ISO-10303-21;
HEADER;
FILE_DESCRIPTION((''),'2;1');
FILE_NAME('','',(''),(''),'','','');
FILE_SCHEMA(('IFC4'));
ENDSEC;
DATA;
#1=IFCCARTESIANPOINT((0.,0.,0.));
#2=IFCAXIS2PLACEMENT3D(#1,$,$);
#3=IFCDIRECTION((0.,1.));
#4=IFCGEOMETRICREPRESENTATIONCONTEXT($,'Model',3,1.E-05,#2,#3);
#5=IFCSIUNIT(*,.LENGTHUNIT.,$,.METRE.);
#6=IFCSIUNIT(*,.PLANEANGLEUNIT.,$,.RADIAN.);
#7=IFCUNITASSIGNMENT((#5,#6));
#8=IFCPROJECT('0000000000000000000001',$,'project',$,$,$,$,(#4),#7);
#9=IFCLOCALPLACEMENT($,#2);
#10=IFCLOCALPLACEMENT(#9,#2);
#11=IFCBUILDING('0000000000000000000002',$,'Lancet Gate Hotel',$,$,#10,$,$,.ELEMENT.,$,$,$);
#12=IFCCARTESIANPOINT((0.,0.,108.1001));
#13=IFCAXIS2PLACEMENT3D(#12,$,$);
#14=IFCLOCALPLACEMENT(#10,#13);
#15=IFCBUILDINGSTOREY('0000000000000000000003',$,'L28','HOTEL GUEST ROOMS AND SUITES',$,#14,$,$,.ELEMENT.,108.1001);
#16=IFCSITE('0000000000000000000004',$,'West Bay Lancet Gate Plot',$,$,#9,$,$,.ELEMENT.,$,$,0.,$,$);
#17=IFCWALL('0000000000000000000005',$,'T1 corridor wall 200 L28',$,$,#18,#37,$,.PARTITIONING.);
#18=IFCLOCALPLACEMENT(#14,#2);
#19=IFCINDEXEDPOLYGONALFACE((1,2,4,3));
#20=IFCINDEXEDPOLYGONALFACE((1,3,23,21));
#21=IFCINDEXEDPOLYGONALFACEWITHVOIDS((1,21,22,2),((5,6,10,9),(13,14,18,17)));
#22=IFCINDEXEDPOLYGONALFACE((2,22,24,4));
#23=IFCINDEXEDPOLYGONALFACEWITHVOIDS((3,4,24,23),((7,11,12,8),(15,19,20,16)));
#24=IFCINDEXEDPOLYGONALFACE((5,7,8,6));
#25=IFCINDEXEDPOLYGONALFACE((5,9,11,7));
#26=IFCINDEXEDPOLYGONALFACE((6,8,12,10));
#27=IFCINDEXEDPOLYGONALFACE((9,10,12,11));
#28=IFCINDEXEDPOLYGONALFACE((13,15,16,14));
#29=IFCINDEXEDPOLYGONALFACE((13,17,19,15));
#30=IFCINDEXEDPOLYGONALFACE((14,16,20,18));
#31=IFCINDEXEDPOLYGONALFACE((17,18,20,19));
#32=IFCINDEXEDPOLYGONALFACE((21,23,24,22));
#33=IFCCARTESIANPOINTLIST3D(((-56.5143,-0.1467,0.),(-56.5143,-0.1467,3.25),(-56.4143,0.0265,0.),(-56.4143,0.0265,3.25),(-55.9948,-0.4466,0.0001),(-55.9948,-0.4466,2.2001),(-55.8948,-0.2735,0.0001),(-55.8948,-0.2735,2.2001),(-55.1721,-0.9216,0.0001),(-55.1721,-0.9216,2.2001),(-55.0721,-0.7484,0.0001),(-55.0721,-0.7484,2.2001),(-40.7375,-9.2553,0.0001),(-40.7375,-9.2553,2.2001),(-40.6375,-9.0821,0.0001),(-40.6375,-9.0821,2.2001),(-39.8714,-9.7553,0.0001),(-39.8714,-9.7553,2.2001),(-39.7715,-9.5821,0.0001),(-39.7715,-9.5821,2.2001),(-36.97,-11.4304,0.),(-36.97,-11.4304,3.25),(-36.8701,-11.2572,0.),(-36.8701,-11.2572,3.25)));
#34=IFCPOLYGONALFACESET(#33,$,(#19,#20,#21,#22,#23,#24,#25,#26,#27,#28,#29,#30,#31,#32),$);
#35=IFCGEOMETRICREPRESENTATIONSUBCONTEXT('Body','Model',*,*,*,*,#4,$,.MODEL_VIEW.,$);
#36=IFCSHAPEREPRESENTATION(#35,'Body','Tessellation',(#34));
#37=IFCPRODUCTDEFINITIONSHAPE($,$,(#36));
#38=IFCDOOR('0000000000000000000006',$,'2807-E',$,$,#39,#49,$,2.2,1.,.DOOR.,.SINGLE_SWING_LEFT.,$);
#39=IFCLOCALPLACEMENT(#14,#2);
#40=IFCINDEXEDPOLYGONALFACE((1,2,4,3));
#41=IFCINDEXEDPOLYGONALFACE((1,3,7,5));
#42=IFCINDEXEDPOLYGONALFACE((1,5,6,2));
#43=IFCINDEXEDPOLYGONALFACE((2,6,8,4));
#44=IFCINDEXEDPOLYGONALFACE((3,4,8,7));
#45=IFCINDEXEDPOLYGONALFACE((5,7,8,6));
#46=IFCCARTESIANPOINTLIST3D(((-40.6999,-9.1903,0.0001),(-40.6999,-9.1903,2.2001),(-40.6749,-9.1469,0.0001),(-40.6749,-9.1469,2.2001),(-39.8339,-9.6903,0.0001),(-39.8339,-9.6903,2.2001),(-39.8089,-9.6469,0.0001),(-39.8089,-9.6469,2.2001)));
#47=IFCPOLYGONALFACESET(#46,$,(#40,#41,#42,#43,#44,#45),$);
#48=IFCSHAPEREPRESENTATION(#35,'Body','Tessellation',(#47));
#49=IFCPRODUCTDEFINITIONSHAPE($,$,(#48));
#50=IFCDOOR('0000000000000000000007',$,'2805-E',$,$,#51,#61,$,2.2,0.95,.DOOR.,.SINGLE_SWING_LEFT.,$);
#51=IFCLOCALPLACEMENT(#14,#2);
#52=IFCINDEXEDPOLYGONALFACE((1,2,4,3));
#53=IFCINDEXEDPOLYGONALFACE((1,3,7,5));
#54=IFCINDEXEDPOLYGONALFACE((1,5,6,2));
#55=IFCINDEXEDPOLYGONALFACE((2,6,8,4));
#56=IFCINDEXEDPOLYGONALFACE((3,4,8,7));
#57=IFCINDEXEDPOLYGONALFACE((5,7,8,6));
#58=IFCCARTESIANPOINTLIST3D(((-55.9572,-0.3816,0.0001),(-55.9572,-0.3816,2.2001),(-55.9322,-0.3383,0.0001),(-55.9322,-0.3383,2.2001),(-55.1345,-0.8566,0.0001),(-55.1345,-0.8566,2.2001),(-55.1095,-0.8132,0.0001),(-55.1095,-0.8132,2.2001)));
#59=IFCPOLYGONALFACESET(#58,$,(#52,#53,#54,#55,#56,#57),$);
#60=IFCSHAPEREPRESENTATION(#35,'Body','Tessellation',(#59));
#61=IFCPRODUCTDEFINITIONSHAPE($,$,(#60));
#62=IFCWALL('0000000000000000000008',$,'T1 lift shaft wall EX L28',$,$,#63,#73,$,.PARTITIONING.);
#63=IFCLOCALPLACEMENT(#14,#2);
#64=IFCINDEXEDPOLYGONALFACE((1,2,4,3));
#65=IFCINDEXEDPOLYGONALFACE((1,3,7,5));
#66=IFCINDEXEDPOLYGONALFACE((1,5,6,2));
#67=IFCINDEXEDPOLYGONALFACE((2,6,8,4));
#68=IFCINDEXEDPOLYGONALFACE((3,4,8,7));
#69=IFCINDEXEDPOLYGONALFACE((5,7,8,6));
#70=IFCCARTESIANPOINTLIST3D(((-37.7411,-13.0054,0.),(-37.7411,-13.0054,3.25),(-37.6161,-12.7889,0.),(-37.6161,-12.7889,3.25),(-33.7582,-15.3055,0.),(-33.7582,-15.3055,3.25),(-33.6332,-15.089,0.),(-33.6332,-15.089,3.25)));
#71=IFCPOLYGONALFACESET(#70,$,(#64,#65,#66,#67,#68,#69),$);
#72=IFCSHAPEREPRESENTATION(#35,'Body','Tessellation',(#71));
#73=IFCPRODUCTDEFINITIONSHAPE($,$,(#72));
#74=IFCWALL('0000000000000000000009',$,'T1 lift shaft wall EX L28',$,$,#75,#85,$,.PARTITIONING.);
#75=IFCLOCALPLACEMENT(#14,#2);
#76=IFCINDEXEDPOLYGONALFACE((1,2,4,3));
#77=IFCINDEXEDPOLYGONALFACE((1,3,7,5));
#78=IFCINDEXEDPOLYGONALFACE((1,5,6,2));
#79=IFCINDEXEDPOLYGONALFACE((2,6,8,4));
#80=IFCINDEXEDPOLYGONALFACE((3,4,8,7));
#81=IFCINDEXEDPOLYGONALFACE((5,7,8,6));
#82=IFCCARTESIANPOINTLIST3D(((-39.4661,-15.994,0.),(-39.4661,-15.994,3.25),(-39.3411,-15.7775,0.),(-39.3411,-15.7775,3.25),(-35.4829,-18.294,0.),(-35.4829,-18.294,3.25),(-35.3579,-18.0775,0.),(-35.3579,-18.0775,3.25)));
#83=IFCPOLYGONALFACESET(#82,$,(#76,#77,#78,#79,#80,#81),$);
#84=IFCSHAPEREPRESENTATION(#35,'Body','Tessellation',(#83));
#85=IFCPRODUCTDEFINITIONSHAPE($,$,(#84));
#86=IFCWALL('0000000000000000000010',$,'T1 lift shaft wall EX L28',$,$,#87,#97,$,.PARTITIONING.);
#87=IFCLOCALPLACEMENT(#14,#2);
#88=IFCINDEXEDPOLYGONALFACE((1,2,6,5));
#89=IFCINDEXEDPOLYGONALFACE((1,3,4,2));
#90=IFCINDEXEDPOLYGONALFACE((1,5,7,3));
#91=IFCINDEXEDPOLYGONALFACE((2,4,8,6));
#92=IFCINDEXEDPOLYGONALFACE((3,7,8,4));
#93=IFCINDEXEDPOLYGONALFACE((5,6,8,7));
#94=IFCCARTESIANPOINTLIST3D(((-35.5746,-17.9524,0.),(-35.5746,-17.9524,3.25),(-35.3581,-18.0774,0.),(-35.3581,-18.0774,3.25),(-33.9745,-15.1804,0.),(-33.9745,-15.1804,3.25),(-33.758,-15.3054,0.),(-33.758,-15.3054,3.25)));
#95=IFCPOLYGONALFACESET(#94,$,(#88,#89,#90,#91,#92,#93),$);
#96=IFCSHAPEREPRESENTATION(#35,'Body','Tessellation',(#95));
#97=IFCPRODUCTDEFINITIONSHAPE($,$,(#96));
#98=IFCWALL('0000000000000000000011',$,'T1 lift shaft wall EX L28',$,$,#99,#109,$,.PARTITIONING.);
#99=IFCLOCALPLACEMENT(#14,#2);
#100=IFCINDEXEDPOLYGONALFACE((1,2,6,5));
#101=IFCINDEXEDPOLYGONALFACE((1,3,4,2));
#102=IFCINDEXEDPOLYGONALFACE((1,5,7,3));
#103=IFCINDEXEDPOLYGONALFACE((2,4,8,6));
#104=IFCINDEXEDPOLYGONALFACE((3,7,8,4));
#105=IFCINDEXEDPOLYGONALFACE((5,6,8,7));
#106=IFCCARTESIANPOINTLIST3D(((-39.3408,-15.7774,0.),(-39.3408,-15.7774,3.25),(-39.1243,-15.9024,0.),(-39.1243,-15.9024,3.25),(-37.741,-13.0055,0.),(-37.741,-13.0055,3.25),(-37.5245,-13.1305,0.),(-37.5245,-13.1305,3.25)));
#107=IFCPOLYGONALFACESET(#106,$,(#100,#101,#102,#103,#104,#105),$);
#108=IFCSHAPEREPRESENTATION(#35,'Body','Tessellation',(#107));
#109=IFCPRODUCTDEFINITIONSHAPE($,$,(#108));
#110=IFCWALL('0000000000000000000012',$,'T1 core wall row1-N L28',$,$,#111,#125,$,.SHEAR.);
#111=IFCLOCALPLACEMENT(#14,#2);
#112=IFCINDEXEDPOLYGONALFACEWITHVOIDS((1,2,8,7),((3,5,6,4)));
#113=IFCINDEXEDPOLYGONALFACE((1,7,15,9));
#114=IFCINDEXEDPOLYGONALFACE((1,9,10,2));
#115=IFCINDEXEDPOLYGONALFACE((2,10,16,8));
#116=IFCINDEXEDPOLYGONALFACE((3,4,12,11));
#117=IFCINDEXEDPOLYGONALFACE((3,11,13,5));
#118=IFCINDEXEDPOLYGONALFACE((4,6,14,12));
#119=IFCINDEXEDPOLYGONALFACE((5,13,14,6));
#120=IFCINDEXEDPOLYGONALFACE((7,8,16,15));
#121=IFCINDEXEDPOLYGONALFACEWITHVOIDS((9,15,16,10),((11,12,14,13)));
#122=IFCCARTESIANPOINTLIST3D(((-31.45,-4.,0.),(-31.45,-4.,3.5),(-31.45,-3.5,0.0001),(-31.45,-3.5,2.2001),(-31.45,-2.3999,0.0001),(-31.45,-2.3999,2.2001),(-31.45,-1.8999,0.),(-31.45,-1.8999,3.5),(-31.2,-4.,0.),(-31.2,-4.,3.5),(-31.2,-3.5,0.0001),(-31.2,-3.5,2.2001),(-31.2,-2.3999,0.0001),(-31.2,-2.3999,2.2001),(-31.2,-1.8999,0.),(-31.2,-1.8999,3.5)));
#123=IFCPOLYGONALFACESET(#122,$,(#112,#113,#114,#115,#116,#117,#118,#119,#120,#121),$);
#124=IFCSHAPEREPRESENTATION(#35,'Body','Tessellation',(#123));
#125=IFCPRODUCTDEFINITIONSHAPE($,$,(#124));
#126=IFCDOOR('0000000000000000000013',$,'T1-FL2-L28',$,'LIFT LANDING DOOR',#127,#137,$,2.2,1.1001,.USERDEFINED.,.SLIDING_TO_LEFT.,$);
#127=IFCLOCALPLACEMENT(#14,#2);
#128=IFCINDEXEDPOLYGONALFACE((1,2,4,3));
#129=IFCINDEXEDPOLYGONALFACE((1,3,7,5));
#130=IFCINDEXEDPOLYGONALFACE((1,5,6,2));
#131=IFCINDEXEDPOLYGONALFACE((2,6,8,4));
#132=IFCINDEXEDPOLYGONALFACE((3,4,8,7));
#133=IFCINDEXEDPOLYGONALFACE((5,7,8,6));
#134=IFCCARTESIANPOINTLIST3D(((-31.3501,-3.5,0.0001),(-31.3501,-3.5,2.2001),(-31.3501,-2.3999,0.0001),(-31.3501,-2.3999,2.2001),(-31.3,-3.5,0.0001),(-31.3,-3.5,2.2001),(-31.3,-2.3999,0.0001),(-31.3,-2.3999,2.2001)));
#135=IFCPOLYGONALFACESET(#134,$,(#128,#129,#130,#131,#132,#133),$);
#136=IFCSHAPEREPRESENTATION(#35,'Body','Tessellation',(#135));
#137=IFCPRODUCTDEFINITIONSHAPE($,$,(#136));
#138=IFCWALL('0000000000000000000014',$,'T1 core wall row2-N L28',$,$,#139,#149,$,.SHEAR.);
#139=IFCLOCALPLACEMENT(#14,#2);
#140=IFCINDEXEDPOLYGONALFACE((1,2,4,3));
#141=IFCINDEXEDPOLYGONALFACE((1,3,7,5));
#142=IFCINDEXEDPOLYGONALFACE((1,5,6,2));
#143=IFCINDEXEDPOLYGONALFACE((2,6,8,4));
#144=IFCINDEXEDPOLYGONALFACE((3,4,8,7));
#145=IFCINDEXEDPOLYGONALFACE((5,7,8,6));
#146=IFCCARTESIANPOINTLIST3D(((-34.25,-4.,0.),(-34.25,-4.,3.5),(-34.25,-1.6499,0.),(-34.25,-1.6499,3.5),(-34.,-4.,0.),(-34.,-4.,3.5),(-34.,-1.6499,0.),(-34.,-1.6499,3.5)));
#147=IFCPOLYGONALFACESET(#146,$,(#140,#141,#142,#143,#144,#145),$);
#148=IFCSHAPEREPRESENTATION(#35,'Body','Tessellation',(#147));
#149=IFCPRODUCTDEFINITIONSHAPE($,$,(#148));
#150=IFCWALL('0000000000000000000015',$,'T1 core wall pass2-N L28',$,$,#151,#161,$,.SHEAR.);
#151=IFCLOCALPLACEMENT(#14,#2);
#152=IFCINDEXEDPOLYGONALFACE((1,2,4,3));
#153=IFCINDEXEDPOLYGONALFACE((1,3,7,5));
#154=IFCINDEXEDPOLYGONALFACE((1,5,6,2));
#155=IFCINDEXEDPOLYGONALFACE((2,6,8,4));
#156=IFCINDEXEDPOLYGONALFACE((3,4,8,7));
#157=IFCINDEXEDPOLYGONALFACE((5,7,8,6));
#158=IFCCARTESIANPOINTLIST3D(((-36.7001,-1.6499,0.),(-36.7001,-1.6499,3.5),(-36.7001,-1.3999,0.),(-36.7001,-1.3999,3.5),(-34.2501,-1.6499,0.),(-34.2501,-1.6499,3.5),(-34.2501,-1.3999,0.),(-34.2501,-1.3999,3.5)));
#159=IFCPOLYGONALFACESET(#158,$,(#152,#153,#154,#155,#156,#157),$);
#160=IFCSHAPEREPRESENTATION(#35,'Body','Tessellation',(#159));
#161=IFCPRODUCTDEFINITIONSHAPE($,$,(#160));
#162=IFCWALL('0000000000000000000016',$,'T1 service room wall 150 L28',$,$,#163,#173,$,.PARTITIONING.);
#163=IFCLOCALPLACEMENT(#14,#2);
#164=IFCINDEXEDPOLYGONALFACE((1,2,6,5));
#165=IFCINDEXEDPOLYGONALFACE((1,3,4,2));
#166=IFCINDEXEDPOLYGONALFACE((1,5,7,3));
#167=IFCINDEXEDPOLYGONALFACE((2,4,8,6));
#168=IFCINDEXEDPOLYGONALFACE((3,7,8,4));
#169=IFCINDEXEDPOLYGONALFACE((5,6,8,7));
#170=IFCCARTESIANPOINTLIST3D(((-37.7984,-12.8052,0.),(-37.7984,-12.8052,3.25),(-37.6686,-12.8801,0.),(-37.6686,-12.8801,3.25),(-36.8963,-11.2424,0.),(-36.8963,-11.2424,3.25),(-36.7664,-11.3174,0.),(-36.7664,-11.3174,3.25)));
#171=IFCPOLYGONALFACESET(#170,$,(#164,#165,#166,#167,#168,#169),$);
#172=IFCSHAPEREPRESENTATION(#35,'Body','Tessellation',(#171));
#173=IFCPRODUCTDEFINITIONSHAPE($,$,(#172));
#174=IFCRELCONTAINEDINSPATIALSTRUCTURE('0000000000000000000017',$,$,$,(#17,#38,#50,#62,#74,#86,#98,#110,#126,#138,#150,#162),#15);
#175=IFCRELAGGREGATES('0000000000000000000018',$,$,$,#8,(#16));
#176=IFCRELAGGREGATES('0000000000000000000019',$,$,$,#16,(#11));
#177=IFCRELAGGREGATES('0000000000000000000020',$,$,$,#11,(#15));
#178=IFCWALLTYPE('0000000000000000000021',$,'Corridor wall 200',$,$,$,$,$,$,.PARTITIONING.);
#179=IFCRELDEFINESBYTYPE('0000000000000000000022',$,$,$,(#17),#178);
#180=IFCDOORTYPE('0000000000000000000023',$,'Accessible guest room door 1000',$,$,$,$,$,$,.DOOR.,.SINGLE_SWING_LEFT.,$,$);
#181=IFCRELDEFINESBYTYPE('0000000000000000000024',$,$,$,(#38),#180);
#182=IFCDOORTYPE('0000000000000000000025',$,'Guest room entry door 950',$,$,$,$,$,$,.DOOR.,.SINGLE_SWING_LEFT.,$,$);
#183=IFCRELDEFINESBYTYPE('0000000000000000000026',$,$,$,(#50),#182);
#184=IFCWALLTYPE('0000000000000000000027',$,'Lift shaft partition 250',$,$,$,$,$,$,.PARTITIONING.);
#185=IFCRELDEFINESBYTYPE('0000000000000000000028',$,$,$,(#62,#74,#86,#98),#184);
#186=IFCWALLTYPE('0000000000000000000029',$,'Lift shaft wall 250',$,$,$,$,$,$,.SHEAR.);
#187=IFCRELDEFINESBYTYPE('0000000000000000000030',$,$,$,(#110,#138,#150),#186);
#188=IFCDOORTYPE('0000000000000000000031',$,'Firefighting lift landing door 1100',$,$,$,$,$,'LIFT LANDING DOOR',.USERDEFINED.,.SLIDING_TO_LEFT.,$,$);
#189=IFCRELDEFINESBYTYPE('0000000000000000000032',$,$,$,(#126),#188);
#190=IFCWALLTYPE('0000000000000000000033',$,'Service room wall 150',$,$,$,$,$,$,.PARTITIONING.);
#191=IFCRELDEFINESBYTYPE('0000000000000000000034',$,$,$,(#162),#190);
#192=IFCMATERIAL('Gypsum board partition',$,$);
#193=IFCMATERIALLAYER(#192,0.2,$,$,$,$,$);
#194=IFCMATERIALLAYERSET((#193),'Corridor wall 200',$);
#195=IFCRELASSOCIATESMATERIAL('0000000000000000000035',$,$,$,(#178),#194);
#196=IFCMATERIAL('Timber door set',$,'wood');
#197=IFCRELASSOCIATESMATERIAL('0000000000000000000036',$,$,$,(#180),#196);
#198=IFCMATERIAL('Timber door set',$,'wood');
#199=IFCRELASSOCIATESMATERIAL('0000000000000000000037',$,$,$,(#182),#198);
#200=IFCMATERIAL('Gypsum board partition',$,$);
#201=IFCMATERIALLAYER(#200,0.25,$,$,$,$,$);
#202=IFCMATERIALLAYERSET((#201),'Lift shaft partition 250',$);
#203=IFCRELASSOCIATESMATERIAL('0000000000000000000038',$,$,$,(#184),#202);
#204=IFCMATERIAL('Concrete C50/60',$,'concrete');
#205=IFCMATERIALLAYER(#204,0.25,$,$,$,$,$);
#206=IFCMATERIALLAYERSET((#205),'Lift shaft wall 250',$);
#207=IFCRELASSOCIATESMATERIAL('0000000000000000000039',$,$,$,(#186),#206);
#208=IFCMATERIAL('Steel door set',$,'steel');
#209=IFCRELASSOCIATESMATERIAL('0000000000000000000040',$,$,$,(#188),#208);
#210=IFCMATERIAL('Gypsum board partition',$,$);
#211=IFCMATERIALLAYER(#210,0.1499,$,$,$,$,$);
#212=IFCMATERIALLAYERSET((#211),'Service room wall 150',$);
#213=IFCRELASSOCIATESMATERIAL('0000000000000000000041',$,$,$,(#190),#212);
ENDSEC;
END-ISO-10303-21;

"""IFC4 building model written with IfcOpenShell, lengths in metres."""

from ifc_helpers import new_model, si_unit, direction, frame, frame_2d, origin, place, context, subcontext, project, spatial, rectangle, extrude, material, layer, layer_set, type_object, element, fill, save


model = new_model("IFC4")

# Units and contexts
model_context = context("Model", 3, precision=1e-05, world=origin(), true_north=direction((0.0, 1.0)))
body_context = subcontext(model_context, "Body", "Model", "MODEL_VIEW")
ifc_project = project(units=[si_unit("LENGTHUNIT", "METRE"), si_unit("PLANEANGLEUNIT", "RADIAN")], contexts=[model_context])

# Site, building, storey
site_placement = place(None, origin())
site = spatial("IfcSite", under=ifc_project, at=site_placement, Name="West Bay Lancet Gate Plot", CompositionType="ELEMENT", RefElevation=0.0)
building_placement = place(site_placement, origin())
building = spatial("IfcBuilding", under=site, at=building_placement, Name="Lancet Gate Hotel", CompositionType="ELEMENT")
storey_placement = place(building_placement, frame((0.0, 0.0, 108.1001)))
storey = spatial("IfcBuildingStorey", under=building, at=storey_placement, Name="L28", Description="HOTEL GUEST ROOMS AND SUITES", CompositionType="ELEMENT", Elevation=108.1001)

# Wall, openings, doors
ifc_material_1 = material(Name="Gypsum board partition")
ifc_layer_1 = layer(ifc_material_1, 0.2)
ifc_layer_set_1 = layer_set([ifc_layer_1], Name="Corridor wall 200")
wall_type_1 = type_object("IfcWallType", Name="Corridor wall 200", PredefinedType="PARTITIONING", material=ifc_layer_set_1)
wall_1_placement = place(storey_placement, frame((-36.9202, -11.3438, 0.0), z_axis=(0.0, 0.0, 1.0), x_axis=(-0.866028, 0.499995, 0.0)))
wall_1 = element("IfcWall", 1, at=wall_1_placement, inside=storey, type_object=wall_type_1, Name="T1 corridor wall 200 L28", PredefinedType="PARTITIONING", context=body_context, shape_type="SweptSolid", body=[
    extrude(rectangle(XDim=22.5676, YDim=0.2, at=frame_2d((11.2837, 0.0))), origin(), (0.0, 0.0, 1.0), 3.25),
])
opening_1_placement = place(wall_1_placement, frame((21.0176, 0.0, 0.0)))
opening_1 = element("IfcOpeningElement", 2, at=opening_1_placement, cuts=wall_1, PredefinedType="OPENING", context=body_context, shape_type="SweptSolid", body=[
    extrude(rectangle(XDim=0.95, YDim=2.2, at=frame_2d((0.4751, 1.1001))), frame((0.0, 0.1099, 0.0), z_axis=(0.0, -1.0, 0.0), x_axis=(1.0, 0.0, 0.0)), (0.0, 0.0, 1.0), 0.22),
])
opening_2_placement = place(wall_1_placement, frame((3.3501, 0.0, 0.0)))
opening_2 = element("IfcOpeningElement", 3, at=opening_2_placement, cuts=wall_1, PredefinedType="OPENING", context=body_context, shape_type="SweptSolid", body=[
    extrude(rectangle(XDim=1.0, YDim=2.2, at=frame_2d((0.5, 1.1001))), frame((0.0, 0.1099, 0.0), z_axis=(0.0, -1.0, 0.0), x_axis=(1.0, 0.0, 0.0)), (0.0, 0.0, 1.0), 0.22),
])
ifc_material_2 = material(Name="Timber door set", Category="wood")
door_type_1 = type_object("IfcDoorType", Name="Accessible guest room door 1000", OperationType="SINGLE_SWING_LEFT", PredefinedType="DOOR", material=ifc_material_2)
door_1_placement = place(opening_2_placement, origin())
door_1 = element("IfcDoor", 4, at=door_1_placement, inside=storey, type_object=door_type_1, Name="2807-E", OperationType="SINGLE_SWING_LEFT", OverallHeight=2.2, OverallWidth=1.0, PredefinedType="DOOR", context=body_context, shape_type="SweptSolid", body=[
    extrude(rectangle(XDim=1.0, YDim=2.2, at=frame_2d((0.5, 1.1001))), frame((0.0, 0.0249, 0.0), z_axis=(0.0, -1.0, 0.0), x_axis=(1.0, 0.0, 0.0)), (0.0, 0.0, 1.0), 0.05),
])
fill(opening_2, door_1)
ifc_material_3 = material(Name="Timber door set", Category="wood")
door_type_2 = type_object("IfcDoorType", Name="Guest room entry door 950", OperationType="SINGLE_SWING_LEFT", PredefinedType="DOOR", material=ifc_material_3)
door_2_placement = place(opening_1_placement, origin())
door_2 = element("IfcDoor", 5, at=door_2_placement, inside=storey, type_object=door_type_2, Name="2805-E", OperationType="SINGLE_SWING_LEFT", OverallHeight=2.2, OverallWidth=0.95, PredefinedType="DOOR", context=body_context, shape_type="SweptSolid", body=[
    extrude(rectangle(XDim=0.95, YDim=2.2, at=frame_2d((0.4751, 1.1001))), frame((0.0, 0.0249, 0.0), z_axis=(0.0, -1.0, 0.0), x_axis=(1.0, 0.0, 0.0)), (0.0, 0.0, 1.0), 0.05),
])
fill(opening_1, door_2)

# Walls
ifc_material_4 = material(Name="Gypsum board partition")
ifc_layer_2 = layer(ifc_material_4, 0.25)
ifc_layer_set_2 = layer_set([ifc_layer_2], Name="Lift shaft partition 250")
wall_type_2 = type_object("IfcWallType", Name="Lift shaft partition 250", PredefinedType="PARTITIONING", material=ifc_layer_set_2)
wall_2_placement = place(storey_placement, frame((-33.6956, -15.1973, 0.0), z_axis=(0.0, 0.0, 1.0), x_axis=(-0.865977, 0.500084, 0.0)))
element("IfcWall", 6, at=wall_2_placement, inside=storey, type_object=wall_type_2, Name="T1 lift shaft wall EX L28", PredefinedType="PARTITIONING", context=body_context, shape_type="SweptSolid", body=[
    extrude(rectangle(XDim=4.5994, YDim=0.25, at=frame_2d((2.2998, 0.0))), origin(), (0.0, 0.0, 1.0), 3.25),
])
wall_3_placement = place(storey_placement, frame((-35.4204, -18.1858, 0.0), z_axis=(0.0, 0.0, 1.0), x_axis=(-0.86599, 0.500061, 0.0)))
element("IfcWall", 7, at=wall_3_placement, inside=storey, type_object=wall_type_2, Name="T1 lift shaft wall EX L28", PredefinedType="PARTITIONING", context=body_context, shape_type="SweptSolid", body=[
    extrude(rectangle(XDim=4.5996, YDim=0.25, at=frame_2d((2.2998, 0.0))), origin(), (0.0, 0.0, 1.0), 3.25),
])
wall_4_placement = place(storey_placement, frame((-33.8662, -15.2429, 0.0), z_axis=(0.0, 0.0, 1.0), x_axis=(-0.499929, -0.866066, 0.0)))
element("IfcWall", 8, at=wall_4_placement, inside=storey, type_object=wall_type_2, Name="T1 lift shaft wall EX L28", PredefinedType="PARTITIONING", context=body_context, shape_type="SweptSolid", body=[
    extrude(rectangle(XDim=3.2007, YDim=0.25, at=frame_2d((1.6003, 0.0))), origin(), (0.0, 0.0, 1.0), 3.25),
])
wall_5_placement = place(storey_placement, frame((-37.6328, -13.0681, 0.0), z_axis=(0.0, 0.0, 1.0), x_axis=(-0.499872, -0.866099, 0.0)))
element("IfcWall", 9, at=wall_5_placement, inside=storey, type_object=wall_type_2, Name="T1 lift shaft wall EX L28", PredefinedType="PARTITIONING", context=body_context, shape_type="SweptSolid", body=[
    extrude(rectangle(XDim=3.2004, YDim=0.25, at=frame_2d((1.6001, 0.0))), origin(), (0.0, 0.0, 1.0), 3.25),
])

# Wall, opening, door
ifc_material_5 = material(Name="Concrete C50/60", Category="concrete")
ifc_layer_3 = layer(ifc_material_5, 0.25)
ifc_layer_set_3 = layer_set([ifc_layer_3], Name="Lift shaft wall 250")
wall_type_3 = type_object("IfcWallType", Name="Lift shaft wall 250", PredefinedType="SHEAR", material=ifc_layer_set_3)
wall_6_placement = place(storey_placement, frame((-31.325, -1.8999, 0.0), z_axis=(0.0, 0.0, 1.0), x_axis=(0.0, -1.0, 0.0)))
wall_6 = element("IfcWall", 10, at=wall_6_placement, inside=storey, type_object=wall_type_3, Name="T1 core wall row1-N L28", PredefinedType="SHEAR", context=body_context, shape_type="SweptSolid", body=[
    extrude(rectangle(XDim=2.1001, YDim=0.25, at=frame_2d((1.05, 0.0))), origin(), (0.0, 0.0, 1.0), 3.5),
])
opening_3_placement = place(wall_6_placement, frame((0.5, 0.0, 0.0)))
opening_3 = element("IfcOpeningElement", 11, at=opening_3_placement, cuts=wall_6, PredefinedType="OPENING", context=body_context, shape_type="SweptSolid", body=[
    extrude(rectangle(XDim=1.1001, YDim=2.2, at=frame_2d((0.55, 1.1001))), frame((0.0, 0.135, 0.0), z_axis=(0.0, -1.0, 0.0), x_axis=(1.0, 0.0, 0.0)), (0.0, 0.0, 1.0), 0.27),
])
ifc_material_6 = material(Name="Steel door set", Category="steel")
door_type_3 = type_object("IfcDoorType", Name="Firefighting lift landing door 1100", ElementType="LIFT LANDING DOOR", OperationType="SLIDING_TO_LEFT", PredefinedType="USERDEFINED", material=ifc_material_6)
door_3_placement = place(opening_3_placement, origin())
door_3 = element("IfcDoor", 12, at=door_3_placement, inside=storey, type_object=door_type_3, Name="T1-FL2-L28", ObjectType="LIFT LANDING DOOR", OperationType="SLIDING_TO_LEFT", OverallHeight=2.2, OverallWidth=1.1001, PredefinedType="USERDEFINED", context=body_context, shape_type="SweptSolid", body=[
    extrude(rectangle(XDim=1.1001, YDim=2.2, at=frame_2d((0.55, 1.1001))), frame((0.0, 0.0249, 0.0), z_axis=(0.0, -1.0, 0.0), x_axis=(1.0, 0.0, 0.0)), (0.0, 0.0, 1.0), 0.05),
])
fill(opening_3, door_3)

# Walls
wall_7_placement = place(storey_placement, frame((-34.125, -1.6499, 0.0), z_axis=(0.0, 0.0, 1.0), x_axis=(0.0, -1.0, 0.0)))
element("IfcWall", 13, at=wall_7_placement, inside=storey, type_object=wall_type_3, Name="T1 core wall row2-N L28", PredefinedType="SHEAR", context=body_context, shape_type="SweptSolid", body=[
    extrude(rectangle(XDim=2.3501, YDim=0.25, at=frame_2d((1.175, 0.0))), origin(), (0.0, 0.0, 1.0), 3.5),
])
wall_8_placement = place(storey_placement, frame((-34.25, -1.5249, 0.0), z_axis=(0.0, 0.0, 1.0), x_axis=(-1.0, 0.0, 0.0)))
element("IfcWall", 14, at=wall_8_placement, inside=storey, type_object=wall_type_3, Name="T1 core wall pass2-N L28", PredefinedType="SHEAR", context=body_context, shape_type="SweptSolid", body=[
    extrude(rectangle(XDim=2.45, YDim=0.25, at=frame_2d((1.2251, 0.0))), origin(), (0.0, 0.0, 1.0), 3.5),
])
ifc_material_7 = material(Name="Gypsum board partition")
ifc_layer_4 = layer(ifc_material_7, 0.1499)
ifc_layer_set_4 = layer_set([ifc_layer_4], Name="Service room wall 150")
wall_type_4 = type_object("IfcWallType", Name="Service room wall 150", PredefinedType="PARTITIONING", material=ifc_layer_set_4)
wall_9_placement = place(storey_placement, frame((-36.8313, -11.2798, 0.0), z_axis=(0.0, 0.0, 1.0), x_axis=(-0.499937, -0.866062, 0.0)))
element("IfcWall", 15, at=wall_9_placement, inside=storey, type_object=wall_type_4, Name="T1 service room wall 150 L28", PredefinedType="PARTITIONING", context=body_context, shape_type="SweptSolid", body=[
    extrude(rectangle(XDim=1.8044, YDim=0.1499, at=frame_2d((0.9023, 0.0))), origin(), (0.0, 0.0, 1.0), 3.25),
])

save(model, "model.ifc")
